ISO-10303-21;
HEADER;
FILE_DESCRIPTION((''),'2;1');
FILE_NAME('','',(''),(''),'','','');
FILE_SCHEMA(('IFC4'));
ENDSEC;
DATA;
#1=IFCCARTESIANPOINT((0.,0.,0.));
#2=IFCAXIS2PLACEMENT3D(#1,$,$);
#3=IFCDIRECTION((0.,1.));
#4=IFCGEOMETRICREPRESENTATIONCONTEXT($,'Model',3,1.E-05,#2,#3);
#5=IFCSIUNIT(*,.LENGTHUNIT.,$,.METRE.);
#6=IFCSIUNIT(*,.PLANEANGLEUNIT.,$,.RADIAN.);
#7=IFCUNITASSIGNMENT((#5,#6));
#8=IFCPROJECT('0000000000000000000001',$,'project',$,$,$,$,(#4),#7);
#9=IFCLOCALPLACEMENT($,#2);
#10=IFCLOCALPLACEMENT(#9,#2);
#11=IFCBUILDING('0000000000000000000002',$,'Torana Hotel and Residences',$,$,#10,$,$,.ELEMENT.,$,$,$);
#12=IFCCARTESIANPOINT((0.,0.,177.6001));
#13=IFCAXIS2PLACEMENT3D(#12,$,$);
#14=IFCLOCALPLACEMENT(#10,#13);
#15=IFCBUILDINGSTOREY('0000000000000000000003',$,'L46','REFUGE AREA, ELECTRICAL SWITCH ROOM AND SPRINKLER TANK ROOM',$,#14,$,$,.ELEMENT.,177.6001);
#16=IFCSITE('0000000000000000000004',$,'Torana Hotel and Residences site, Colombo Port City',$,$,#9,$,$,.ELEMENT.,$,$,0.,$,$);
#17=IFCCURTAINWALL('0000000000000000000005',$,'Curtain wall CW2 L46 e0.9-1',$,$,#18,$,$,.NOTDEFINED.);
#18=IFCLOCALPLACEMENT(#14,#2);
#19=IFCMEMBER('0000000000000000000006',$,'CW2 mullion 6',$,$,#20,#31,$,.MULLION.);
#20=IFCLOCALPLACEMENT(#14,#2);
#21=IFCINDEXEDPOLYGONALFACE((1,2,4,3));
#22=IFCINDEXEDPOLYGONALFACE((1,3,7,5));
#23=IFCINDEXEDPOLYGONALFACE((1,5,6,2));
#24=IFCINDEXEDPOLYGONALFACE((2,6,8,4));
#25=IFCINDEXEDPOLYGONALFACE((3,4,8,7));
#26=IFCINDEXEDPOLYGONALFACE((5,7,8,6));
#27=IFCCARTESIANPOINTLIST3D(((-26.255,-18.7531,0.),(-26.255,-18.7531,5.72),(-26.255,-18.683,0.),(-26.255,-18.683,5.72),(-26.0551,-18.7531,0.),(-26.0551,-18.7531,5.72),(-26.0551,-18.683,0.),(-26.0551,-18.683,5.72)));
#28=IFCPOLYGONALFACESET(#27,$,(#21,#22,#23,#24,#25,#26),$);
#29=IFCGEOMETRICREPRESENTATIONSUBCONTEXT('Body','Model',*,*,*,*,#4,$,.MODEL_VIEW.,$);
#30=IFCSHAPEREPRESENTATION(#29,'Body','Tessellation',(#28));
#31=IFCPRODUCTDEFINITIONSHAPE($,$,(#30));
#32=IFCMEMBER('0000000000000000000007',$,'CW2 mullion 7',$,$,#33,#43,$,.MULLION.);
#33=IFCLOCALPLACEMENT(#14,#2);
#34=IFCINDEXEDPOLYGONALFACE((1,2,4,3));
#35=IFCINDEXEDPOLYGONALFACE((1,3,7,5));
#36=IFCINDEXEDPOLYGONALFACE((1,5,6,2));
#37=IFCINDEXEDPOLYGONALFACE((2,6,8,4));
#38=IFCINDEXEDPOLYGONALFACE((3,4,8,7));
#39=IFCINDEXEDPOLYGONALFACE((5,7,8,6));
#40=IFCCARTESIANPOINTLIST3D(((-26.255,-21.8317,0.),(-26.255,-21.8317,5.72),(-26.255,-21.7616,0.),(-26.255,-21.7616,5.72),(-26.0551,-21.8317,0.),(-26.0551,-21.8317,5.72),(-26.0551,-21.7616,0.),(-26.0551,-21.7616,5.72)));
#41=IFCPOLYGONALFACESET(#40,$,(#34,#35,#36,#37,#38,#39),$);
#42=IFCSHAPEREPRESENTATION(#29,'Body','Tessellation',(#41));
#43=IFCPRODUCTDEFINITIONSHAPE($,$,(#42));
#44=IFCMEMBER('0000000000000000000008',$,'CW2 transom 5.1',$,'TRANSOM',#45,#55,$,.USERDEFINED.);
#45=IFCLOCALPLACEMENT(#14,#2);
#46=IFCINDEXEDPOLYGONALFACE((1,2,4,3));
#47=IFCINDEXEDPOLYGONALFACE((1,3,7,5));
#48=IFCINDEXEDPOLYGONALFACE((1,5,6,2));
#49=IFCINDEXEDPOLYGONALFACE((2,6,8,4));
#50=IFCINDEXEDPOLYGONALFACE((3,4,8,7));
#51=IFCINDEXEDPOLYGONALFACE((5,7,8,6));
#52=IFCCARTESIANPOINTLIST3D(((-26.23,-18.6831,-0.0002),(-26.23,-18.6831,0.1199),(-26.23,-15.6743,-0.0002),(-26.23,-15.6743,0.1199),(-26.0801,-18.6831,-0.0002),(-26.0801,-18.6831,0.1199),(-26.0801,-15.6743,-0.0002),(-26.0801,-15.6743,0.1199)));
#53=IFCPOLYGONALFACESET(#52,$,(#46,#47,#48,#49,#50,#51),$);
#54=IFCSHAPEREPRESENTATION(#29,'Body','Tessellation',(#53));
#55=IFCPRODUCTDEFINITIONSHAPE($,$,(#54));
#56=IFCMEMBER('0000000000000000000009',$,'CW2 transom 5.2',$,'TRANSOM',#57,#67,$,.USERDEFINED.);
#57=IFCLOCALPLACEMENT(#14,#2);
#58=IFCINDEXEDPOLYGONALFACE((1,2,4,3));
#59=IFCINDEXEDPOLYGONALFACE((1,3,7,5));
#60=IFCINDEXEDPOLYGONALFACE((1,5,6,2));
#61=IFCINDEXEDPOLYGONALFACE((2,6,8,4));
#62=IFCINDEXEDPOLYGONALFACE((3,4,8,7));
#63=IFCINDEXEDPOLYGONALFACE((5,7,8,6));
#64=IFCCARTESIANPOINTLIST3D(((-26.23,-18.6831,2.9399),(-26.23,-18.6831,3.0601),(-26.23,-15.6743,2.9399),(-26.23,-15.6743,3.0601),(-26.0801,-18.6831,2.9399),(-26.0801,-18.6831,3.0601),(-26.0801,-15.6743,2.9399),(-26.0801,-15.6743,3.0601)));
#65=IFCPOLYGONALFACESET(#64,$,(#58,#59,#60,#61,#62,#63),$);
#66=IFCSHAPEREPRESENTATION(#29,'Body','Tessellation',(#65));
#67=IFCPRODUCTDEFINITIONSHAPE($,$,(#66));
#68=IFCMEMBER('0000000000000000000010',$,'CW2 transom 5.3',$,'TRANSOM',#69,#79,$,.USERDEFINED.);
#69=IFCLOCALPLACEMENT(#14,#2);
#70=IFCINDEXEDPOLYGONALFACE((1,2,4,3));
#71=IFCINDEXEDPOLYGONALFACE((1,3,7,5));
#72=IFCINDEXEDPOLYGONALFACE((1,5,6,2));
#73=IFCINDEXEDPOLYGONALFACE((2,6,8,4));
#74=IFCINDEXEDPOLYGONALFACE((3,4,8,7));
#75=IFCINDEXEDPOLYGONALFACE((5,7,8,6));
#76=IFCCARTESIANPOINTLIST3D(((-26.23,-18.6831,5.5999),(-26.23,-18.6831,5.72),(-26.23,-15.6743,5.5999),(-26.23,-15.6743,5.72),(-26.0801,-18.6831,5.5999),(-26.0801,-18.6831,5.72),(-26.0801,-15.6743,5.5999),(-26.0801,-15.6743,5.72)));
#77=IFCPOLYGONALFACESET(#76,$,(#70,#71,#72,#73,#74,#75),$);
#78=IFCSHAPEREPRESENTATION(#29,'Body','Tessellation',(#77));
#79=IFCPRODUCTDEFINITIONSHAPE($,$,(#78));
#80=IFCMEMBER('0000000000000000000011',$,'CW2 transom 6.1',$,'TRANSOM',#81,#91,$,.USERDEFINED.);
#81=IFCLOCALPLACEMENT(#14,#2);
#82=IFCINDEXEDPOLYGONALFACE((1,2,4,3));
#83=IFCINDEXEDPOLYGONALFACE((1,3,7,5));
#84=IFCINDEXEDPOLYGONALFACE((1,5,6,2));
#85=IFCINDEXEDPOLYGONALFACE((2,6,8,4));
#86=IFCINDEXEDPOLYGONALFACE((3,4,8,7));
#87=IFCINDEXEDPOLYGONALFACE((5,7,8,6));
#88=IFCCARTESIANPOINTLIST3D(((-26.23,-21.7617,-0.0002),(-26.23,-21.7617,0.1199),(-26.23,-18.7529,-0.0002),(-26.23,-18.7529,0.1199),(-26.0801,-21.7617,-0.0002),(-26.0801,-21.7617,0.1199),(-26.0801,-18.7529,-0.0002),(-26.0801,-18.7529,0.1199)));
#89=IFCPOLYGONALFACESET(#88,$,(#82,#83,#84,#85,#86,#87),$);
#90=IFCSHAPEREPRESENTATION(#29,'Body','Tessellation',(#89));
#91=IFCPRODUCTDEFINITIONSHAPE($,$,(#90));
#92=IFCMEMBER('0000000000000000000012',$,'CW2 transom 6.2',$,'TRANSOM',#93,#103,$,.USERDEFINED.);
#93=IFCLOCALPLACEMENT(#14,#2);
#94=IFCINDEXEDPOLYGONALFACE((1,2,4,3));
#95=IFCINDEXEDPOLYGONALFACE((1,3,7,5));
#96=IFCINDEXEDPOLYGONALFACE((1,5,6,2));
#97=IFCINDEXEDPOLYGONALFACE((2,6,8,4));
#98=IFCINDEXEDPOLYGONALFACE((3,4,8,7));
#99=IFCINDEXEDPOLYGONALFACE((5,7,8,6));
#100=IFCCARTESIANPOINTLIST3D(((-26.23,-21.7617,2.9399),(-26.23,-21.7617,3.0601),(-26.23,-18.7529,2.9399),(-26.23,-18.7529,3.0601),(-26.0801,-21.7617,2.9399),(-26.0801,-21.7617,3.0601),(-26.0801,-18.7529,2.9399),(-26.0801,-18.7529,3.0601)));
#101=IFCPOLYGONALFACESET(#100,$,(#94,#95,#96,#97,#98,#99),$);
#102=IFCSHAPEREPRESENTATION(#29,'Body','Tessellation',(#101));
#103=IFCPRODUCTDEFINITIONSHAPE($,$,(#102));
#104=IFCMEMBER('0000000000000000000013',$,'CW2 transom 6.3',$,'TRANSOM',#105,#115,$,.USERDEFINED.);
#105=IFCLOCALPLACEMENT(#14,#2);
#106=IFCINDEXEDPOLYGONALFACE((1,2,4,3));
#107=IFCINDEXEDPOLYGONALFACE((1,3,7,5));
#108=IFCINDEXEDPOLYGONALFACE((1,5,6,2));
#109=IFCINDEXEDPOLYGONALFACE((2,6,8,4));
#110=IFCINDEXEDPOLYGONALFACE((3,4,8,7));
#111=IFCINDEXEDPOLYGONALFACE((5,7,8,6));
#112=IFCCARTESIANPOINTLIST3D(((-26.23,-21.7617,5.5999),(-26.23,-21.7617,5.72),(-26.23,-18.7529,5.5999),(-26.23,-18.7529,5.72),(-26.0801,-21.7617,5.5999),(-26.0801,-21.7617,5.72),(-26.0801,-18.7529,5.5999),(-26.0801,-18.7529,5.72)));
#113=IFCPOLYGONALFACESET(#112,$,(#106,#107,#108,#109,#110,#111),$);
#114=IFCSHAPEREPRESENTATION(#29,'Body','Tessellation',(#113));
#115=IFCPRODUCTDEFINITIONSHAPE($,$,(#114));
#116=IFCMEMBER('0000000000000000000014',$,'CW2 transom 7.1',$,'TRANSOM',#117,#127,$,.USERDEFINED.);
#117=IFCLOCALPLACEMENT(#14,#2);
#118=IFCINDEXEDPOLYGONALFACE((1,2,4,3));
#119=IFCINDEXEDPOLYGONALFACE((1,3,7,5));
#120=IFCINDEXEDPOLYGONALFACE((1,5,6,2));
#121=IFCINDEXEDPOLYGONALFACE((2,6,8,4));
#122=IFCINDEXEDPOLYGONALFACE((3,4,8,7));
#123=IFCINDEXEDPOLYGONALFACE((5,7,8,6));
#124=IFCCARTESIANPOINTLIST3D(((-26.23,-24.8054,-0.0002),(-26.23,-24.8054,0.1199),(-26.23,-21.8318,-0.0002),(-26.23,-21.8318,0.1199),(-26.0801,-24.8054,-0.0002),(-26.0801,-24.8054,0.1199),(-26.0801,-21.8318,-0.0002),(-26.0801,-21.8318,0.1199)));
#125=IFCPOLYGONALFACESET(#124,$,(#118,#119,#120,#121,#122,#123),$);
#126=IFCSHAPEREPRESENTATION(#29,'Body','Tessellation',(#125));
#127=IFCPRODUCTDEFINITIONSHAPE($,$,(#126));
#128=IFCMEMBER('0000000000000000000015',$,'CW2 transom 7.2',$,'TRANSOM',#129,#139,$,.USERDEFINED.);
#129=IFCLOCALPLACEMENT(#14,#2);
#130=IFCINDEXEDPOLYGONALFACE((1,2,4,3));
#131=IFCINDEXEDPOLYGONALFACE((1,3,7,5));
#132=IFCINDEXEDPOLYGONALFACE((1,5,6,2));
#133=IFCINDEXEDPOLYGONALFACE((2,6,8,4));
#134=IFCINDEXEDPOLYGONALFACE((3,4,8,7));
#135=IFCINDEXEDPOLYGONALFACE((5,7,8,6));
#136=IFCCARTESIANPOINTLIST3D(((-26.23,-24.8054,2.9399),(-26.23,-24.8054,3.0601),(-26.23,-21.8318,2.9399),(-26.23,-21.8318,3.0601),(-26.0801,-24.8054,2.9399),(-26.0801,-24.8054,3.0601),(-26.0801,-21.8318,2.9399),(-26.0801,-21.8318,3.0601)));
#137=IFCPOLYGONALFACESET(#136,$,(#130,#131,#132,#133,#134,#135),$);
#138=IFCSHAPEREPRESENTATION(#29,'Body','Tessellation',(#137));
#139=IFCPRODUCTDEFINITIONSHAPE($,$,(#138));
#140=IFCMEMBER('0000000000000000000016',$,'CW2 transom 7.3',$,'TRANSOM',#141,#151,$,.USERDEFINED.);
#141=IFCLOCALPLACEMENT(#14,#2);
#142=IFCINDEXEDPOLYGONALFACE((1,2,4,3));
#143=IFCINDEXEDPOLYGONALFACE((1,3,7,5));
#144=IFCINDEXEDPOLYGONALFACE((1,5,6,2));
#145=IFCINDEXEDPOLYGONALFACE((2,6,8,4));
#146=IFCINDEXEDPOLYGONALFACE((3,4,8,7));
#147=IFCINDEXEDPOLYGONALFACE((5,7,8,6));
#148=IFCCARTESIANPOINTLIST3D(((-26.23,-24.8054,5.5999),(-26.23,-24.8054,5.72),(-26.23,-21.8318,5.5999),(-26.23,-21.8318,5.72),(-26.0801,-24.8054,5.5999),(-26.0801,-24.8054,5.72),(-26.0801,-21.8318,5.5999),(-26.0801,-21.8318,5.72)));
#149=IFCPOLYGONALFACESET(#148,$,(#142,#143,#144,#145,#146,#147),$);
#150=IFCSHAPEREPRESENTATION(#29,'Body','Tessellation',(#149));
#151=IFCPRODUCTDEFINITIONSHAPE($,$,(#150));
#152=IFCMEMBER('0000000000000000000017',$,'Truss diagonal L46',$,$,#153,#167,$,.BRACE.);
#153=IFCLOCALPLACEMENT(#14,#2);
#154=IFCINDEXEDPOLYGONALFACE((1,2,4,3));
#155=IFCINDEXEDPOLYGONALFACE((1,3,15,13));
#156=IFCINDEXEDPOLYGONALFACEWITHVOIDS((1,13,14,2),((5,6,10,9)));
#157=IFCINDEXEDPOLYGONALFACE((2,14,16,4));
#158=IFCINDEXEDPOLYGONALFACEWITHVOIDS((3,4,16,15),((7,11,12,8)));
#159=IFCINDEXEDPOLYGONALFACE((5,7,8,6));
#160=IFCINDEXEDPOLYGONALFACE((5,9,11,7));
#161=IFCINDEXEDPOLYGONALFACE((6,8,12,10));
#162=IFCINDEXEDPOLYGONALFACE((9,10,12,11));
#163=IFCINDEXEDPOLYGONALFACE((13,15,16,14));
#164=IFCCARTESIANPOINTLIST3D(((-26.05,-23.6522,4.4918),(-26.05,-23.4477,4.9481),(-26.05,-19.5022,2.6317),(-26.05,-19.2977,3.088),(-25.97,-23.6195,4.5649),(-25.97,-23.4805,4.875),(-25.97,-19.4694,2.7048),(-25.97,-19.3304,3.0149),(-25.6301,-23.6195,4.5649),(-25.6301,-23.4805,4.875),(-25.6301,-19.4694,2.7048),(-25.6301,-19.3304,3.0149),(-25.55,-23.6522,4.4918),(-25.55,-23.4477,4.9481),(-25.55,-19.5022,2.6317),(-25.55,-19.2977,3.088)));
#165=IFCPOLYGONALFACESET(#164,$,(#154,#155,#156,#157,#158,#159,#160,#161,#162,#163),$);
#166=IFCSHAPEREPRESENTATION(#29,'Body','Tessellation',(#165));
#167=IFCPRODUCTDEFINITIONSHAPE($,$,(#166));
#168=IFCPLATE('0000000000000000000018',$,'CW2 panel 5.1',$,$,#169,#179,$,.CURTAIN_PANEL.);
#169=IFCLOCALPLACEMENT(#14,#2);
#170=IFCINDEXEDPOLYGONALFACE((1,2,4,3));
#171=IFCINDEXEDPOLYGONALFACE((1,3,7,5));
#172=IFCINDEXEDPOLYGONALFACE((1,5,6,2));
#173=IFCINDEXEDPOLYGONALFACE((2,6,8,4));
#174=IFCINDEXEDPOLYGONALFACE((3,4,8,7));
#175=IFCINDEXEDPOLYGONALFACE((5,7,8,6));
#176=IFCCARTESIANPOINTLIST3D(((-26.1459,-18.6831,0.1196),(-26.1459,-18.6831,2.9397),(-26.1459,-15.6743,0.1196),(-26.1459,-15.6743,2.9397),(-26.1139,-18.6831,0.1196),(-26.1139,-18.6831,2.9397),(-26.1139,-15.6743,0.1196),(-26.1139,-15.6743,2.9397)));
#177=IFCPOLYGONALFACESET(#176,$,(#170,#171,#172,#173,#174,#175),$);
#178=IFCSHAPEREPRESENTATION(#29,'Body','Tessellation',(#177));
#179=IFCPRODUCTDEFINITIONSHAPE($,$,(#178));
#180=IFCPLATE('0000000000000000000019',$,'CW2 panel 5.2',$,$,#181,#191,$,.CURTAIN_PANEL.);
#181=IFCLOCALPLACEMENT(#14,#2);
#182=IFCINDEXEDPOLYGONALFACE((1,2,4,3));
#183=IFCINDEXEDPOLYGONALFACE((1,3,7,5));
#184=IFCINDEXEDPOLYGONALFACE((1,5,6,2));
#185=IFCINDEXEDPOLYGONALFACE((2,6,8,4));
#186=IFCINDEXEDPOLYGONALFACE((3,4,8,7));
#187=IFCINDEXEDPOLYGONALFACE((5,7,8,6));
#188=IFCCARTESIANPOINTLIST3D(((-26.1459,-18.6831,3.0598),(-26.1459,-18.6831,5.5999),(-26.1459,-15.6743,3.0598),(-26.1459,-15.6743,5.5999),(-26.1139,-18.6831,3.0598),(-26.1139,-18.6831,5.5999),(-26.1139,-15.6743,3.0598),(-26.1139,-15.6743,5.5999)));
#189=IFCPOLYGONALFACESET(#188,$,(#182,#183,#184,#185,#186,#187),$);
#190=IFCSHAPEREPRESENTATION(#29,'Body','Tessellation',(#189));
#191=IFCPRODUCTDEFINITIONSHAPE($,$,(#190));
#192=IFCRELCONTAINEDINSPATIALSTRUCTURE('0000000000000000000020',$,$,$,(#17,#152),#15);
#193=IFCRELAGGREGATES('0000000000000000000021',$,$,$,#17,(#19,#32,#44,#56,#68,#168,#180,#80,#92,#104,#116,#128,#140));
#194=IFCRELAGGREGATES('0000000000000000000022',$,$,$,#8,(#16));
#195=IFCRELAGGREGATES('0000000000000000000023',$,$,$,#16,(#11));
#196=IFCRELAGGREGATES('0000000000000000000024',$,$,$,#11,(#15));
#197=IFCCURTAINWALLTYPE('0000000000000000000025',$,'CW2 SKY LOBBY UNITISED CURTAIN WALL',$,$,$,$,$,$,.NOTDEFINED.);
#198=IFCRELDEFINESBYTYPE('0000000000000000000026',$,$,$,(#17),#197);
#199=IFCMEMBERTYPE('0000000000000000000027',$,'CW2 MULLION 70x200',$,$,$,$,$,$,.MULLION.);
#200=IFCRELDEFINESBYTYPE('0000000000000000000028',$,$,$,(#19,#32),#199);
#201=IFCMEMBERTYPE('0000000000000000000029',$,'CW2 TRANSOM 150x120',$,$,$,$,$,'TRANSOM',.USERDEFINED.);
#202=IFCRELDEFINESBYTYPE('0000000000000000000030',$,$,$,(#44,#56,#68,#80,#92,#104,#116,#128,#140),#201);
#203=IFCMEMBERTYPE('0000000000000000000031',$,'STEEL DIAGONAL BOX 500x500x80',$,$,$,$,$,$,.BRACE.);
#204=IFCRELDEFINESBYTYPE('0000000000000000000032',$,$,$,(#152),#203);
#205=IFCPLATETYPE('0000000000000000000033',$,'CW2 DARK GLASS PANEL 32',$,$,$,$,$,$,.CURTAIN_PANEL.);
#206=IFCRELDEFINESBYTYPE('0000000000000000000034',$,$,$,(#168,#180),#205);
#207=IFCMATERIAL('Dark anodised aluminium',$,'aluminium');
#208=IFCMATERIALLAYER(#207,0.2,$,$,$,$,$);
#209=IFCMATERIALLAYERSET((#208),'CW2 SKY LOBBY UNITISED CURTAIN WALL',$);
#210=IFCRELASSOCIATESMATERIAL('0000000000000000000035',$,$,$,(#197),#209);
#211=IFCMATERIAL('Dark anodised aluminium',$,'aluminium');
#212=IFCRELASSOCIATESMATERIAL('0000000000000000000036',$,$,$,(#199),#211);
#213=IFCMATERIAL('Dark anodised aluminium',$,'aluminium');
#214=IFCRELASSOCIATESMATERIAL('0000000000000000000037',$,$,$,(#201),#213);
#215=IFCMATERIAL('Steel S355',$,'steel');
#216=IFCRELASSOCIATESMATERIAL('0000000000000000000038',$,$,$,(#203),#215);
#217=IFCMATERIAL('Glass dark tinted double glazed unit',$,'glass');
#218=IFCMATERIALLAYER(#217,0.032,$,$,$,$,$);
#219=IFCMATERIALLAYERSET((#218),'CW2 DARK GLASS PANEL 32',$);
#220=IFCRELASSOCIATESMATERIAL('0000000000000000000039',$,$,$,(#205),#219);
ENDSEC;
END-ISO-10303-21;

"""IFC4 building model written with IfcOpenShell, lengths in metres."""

from ifc_helpers import new_model, si_unit, direction, frame, origin, origin_2d, place, context, subcontext, project, spatial, rectangle, hollow_rectangle, extrude, material, layer, layer_set, material_profile, profile_set, type_object, element, aggregate, save


model = new_model("IFC4")

# Units and contexts
model_context = context("Model", 3, precision=1e-05, world=origin(), true_north=direction((0.0, 1.0)))
body_context = subcontext(model_context, "Body", "Model", "MODEL_VIEW")
ifc_project = project(units=[si_unit("LENGTHUNIT", "METRE"), si_unit("PLANEANGLEUNIT", "RADIAN")], contexts=[model_context])

# Site, building, storey
site_placement = place(None, origin())
site = spatial("IfcSite", under=ifc_project, at=site_placement, Name="Torana Hotel and Residences site, Colombo Port City", CompositionType="ELEMENT", RefElevation=0.0)
building_placement = place(site_placement, origin())
building = spatial("IfcBuilding", under=site, at=building_placement, Name="Torana Hotel and Residences", CompositionType="ELEMENT")
storey_placement = place(building_placement, frame((0.0, 0.0, 177.6001)))
storey = spatial("IfcBuildingStorey", under=building, at=storey_placement, Name="L46", Description="REFUGE AREA, ELECTRICAL SWITCH ROOM AND SPRINKLER TANK ROOM", CompositionType="ELEMENT", Elevation=177.6001)

# Curtain wall, members
ifc_material_1 = material(Name="Dark anodised aluminium", Category="aluminium")
ifc_layer_1 = layer(ifc_material_1, 0.2)
ifc_layer_set_1 = layer_set([ifc_layer_1], Name="CW2 SKY LOBBY UNITISED CURTAIN WALL")
curtain_wall_type = type_object("IfcCurtainWallType", Name="CW2 SKY LOBBY UNITISED CURTAIN WALL", PredefinedType="NOTDEFINED", material=ifc_layer_set_1)
curtain_wall_placement = place(storey_placement, origin())
curtain_wall = element("IfcCurtainWall", 1, at=curtain_wall_placement, inside=storey, type_object=curtain_wall_type, Name="Curtain wall CW2 L46 e0.9-1", PredefinedType="NOTDEFINED")
ifc_material_2 = material(Name="Dark anodised aluminium", Category="aluminium")
ifc_material_profile_1 = material_profile(ifc_material_2, rectangle(XDim=0.2, YDim=0.0701, at=origin_2d()), Name="CW2 MULLION 70x200")
ifc_profile_set_1 = profile_set([ifc_material_profile_1], Name="Dark anodised aluminium")
member_type_1 = type_object("IfcMemberType", Name="CW2 MULLION 70x200", PredefinedType="MULLION", material=ifc_profile_set_1)
member_1_placement = place(storey_placement, frame((-26.155, -18.718, 0.0), z_axis=(0.0, 0.0, 1.0), x_axis=(1.0, 0.0, 0.0)))
member_1 = element("IfcMember", 2, at=member_1_placement, type_object=member_type_1, Name="CW2 mullion 6", PredefinedType="MULLION", context=body_context, shape_type="SweptSolid", body=[
    extrude(rectangle(XDim=0.2, YDim=0.0701, at=origin_2d()), origin(), (0.0, 0.0, 1.0), 5.72),
])
member_2_placement = place(storey_placement, frame((-26.155, -21.7966, 0.0), z_axis=(0.0, 0.0, 1.0), x_axis=(1.0, 0.0, 0.0)))
member_2 = element("IfcMember", 3, at=member_2_placement, type_object=member_type_1, Name="CW2 mullion 7", PredefinedType="MULLION", context=body_context, shape_type="SweptSolid", body=[
    extrude(rectangle(XDim=0.2, YDim=0.0701, at=origin_2d()), origin(), (0.0, 0.0, 1.0), 5.72),
])
ifc_material_3 = material(Name="Dark anodised aluminium", Category="aluminium")
ifc_material_profile_2 = material_profile(ifc_material_3, rectangle(XDim=0.1499, YDim=0.1201, at=origin_2d()), Name="CW2 TRANSOM 150x120")
ifc_profile_set_2 = profile_set([ifc_material_profile_2], Name="Dark anodised aluminium")
member_type_2 = type_object("IfcMemberType", Name="CW2 TRANSOM 150x120", ElementType="TRANSOM", PredefinedType="USERDEFINED", material=ifc_profile_set_2)
member_3_placement = place(storey_placement, frame((-26.155, -15.6743, 0.0598), z_axis=(0.0, -1.0, 0.0), x_axis=(1.0, 0.0, 0.0)))
member_3 = element("IfcMember", 4, at=member_3_placement, type_object=member_type_2, Name="CW2 transom 5.1", ObjectType="TRANSOM", PredefinedType="USERDEFINED", context=body_context, shape_type="SweptSolid", body=[
    extrude(rectangle(XDim=0.1499, YDim=0.1201, at=origin_2d()), origin(), (0.0, 0.0, 1.0), 3.0088),
])
member_4_placement = place(storey_placement, frame((-26.155, -15.6743, 3.0), z_axis=(0.0, -1.0, 0.0), x_axis=(1.0, 0.0, 0.0)))
member_4 = element("IfcMember", 5, at=member_4_placement, type_object=member_type_2, Name="CW2 transom 5.2", ObjectType="TRANSOM", PredefinedType="USERDEFINED", context=body_context, shape_type="SweptSolid", body=[
    extrude(rectangle(XDim=0.1499, YDim=0.1201, at=origin_2d()), origin(), (0.0, 0.0, 1.0), 3.0088),
])
member_5_placement = place(storey_placement, frame((-26.155, -15.6743, 5.6599), z_axis=(0.0, -1.0, 0.0), x_axis=(1.0, 0.0, 0.0)))
member_5 = element("IfcMember", 6, at=member_5_placement, type_object=member_type_2, Name="CW2 transom 5.3", ObjectType="TRANSOM", PredefinedType="USERDEFINED", context=body_context, shape_type="SweptSolid", body=[
    extrude(rectangle(XDim=0.1499, YDim=0.1201, at=origin_2d()), origin(), (0.0, 0.0, 1.0), 3.0088),
])
member_6_placement = place(storey_placement, frame((-26.155, -18.7529, 0.0598), z_axis=(0.0, -1.0, 0.0), x_axis=(1.0, 0.0, 0.0)))
member_6 = element("IfcMember", 7, at=member_6_placement, type_object=member_type_2, Name="CW2 transom 6.1", ObjectType="TRANSOM", PredefinedType="USERDEFINED", context=body_context, shape_type="SweptSolid", body=[
    extrude(rectangle(XDim=0.1499, YDim=0.1201, at=origin_2d()), origin(), (0.0, 0.0, 1.0), 3.0088),
])
member_7_placement = place(storey_placement, frame((-26.155, -18.7529, 3.0), z_axis=(0.0, -1.0, 0.0), x_axis=(1.0, 0.0, 0.0)))
member_7 = element("IfcMember", 8, at=member_7_placement, type_object=member_type_2, Name="CW2 transom 6.2", ObjectType="TRANSOM", PredefinedType="USERDEFINED", context=body_context, shape_type="SweptSolid", body=[
    extrude(rectangle(XDim=0.1499, YDim=0.1201, at=origin_2d()), origin(), (0.0, 0.0, 1.0), 3.0088),
])
member_8_placement = place(storey_placement, frame((-26.155, -18.7529, 5.6599), z_axis=(0.0, -1.0, 0.0), x_axis=(1.0, 0.0, 0.0)))
member_8 = element("IfcMember", 9, at=member_8_placement, type_object=member_type_2, Name="CW2 transom 6.3", ObjectType="TRANSOM", PredefinedType="USERDEFINED", context=body_context, shape_type="SweptSolid", body=[
    extrude(rectangle(XDim=0.1499, YDim=0.1201, at=origin_2d()), origin(), (0.0, 0.0, 1.0), 3.0088),
])
member_9_placement = place(storey_placement, frame((-26.155, -21.8318, 0.0598), z_axis=(0.0, -1.0, 0.0), x_axis=(1.0, 0.0, 0.0)))
member_9 = element("IfcMember", 10, at=member_9_placement, type_object=member_type_2, Name="CW2 transom 7.1", ObjectType="TRANSOM", PredefinedType="USERDEFINED", context=body_context, shape_type="SweptSolid", body=[
    extrude(rectangle(XDim=0.1499, YDim=0.1201, at=origin_2d()), origin(), (0.0, 0.0, 1.0), 2.9736),
])
member_10_placement = place(storey_placement, frame((-26.155, -21.8318, 3.0), z_axis=(0.0, -1.0, 0.0), x_axis=(1.0, 0.0, 0.0)))
member_10 = element("IfcMember", 11, at=member_10_placement, type_object=member_type_2, Name="CW2 transom 7.2", ObjectType="TRANSOM", PredefinedType="USERDEFINED", context=body_context, shape_type="SweptSolid", body=[
    extrude(rectangle(XDim=0.1499, YDim=0.1201, at=origin_2d()), origin(), (0.0, 0.0, 1.0), 2.9736),
])
member_11_placement = place(storey_placement, frame((-26.155, -21.8318, 5.6599), z_axis=(0.0, -1.0, 0.0), x_axis=(1.0, 0.0, 0.0)))
member_11 = element("IfcMember", 12, at=member_11_placement, type_object=member_type_2, Name="CW2 transom 7.3", ObjectType="TRANSOM", PredefinedType="USERDEFINED", context=body_context, shape_type="SweptSolid", body=[
    extrude(rectangle(XDim=0.1499, YDim=0.1201, at=origin_2d()), origin(), (0.0, 0.0, 1.0), 2.9736),
])

# Member
ifc_material_4 = material(Name="Steel S355", Category="steel")
ifc_material_profile_3 = material_profile(ifc_material_4, hollow_rectangle(XDim=0.5, YDim=0.5, WallThickness=0.0801, at=origin_2d()), Name="BOX 500x500x80")
ifc_profile_set_3 = profile_set([ifc_material_profile_3], Name="Steel S355")
member_type_3 = type_object("IfcMemberType", Name="STEEL DIAGONAL BOX 500x500x80", PredefinedType="BRACE", material=ifc_profile_set_3)
member_12_placement = place(storey_placement, frame((-25.8, -19.3999, 2.8599), z_axis=(0.0, -0.912534, 0.409), x_axis=(1.0, 0.0, 0.0)))
element("IfcMember", 13, at=member_12_placement, inside=storey, type_object=member_type_3, Name="Truss diagonal L46", PredefinedType="BRACE", context=body_context, shape_type="SweptSolid", body=[
    extrude(hollow_rectangle(XDim=0.5, YDim=0.5, WallThickness=0.0801, at=origin_2d()), origin(), (0.0, 0.0, 1.0), 4.5479),
])

# Plates
ifc_material_5 = material(Name="Glass dark tinted double glazed unit", Category="glass")
ifc_layer_2 = layer(ifc_material_5, 0.032)
ifc_layer_set_2 = layer_set([ifc_layer_2], Name="CW2 DARK GLASS PANEL 32")
plate_type = type_object("IfcPlateType", Name="CW2 DARK GLASS PANEL 32", PredefinedType="CURTAIN_PANEL", material=ifc_layer_set_2)
plate_1_placement = place(storey_placement, frame((-26.1299, -17.1787, 0.1196), z_axis=(0.0, 0.0, 1.0), x_axis=(0.0, -1.0, 0.0)))
plate_1 = element("IfcPlate", 14, at=plate_1_placement, type_object=plate_type, Name="CW2 panel 5.1", PredefinedType="CURTAIN_PANEL", context=body_context, shape_type="SweptSolid", body=[
    extrude(rectangle(XDim=3.0088, YDim=0.032, at=origin_2d()), origin(), (0.0, 0.0, 1.0), 2.8201),
])
plate_2_placement = place(storey_placement, frame((-26.1299, -17.1787, 3.0598), z_axis=(0.0, 0.0, 1.0), x_axis=(0.0, -1.0, 0.0)))
plate_2 = element("IfcPlate", 15, at=plate_2_placement, type_object=plate_type, Name="CW2 panel 5.2", PredefinedType="CURTAIN_PANEL", context=body_context, shape_type="SweptSolid", body=[
    extrude(rectangle(XDim=3.0088, YDim=0.032, at=origin_2d()), origin(), (0.0, 0.0, 1.0), 2.54),
])
aggregate(curtain_wall, [member_1, member_2, member_3, member_4, member_5, plate_1, plate_2, member_6, member_7, member_8, member_9, member_10, member_11])

save(model, "model.ifc")
